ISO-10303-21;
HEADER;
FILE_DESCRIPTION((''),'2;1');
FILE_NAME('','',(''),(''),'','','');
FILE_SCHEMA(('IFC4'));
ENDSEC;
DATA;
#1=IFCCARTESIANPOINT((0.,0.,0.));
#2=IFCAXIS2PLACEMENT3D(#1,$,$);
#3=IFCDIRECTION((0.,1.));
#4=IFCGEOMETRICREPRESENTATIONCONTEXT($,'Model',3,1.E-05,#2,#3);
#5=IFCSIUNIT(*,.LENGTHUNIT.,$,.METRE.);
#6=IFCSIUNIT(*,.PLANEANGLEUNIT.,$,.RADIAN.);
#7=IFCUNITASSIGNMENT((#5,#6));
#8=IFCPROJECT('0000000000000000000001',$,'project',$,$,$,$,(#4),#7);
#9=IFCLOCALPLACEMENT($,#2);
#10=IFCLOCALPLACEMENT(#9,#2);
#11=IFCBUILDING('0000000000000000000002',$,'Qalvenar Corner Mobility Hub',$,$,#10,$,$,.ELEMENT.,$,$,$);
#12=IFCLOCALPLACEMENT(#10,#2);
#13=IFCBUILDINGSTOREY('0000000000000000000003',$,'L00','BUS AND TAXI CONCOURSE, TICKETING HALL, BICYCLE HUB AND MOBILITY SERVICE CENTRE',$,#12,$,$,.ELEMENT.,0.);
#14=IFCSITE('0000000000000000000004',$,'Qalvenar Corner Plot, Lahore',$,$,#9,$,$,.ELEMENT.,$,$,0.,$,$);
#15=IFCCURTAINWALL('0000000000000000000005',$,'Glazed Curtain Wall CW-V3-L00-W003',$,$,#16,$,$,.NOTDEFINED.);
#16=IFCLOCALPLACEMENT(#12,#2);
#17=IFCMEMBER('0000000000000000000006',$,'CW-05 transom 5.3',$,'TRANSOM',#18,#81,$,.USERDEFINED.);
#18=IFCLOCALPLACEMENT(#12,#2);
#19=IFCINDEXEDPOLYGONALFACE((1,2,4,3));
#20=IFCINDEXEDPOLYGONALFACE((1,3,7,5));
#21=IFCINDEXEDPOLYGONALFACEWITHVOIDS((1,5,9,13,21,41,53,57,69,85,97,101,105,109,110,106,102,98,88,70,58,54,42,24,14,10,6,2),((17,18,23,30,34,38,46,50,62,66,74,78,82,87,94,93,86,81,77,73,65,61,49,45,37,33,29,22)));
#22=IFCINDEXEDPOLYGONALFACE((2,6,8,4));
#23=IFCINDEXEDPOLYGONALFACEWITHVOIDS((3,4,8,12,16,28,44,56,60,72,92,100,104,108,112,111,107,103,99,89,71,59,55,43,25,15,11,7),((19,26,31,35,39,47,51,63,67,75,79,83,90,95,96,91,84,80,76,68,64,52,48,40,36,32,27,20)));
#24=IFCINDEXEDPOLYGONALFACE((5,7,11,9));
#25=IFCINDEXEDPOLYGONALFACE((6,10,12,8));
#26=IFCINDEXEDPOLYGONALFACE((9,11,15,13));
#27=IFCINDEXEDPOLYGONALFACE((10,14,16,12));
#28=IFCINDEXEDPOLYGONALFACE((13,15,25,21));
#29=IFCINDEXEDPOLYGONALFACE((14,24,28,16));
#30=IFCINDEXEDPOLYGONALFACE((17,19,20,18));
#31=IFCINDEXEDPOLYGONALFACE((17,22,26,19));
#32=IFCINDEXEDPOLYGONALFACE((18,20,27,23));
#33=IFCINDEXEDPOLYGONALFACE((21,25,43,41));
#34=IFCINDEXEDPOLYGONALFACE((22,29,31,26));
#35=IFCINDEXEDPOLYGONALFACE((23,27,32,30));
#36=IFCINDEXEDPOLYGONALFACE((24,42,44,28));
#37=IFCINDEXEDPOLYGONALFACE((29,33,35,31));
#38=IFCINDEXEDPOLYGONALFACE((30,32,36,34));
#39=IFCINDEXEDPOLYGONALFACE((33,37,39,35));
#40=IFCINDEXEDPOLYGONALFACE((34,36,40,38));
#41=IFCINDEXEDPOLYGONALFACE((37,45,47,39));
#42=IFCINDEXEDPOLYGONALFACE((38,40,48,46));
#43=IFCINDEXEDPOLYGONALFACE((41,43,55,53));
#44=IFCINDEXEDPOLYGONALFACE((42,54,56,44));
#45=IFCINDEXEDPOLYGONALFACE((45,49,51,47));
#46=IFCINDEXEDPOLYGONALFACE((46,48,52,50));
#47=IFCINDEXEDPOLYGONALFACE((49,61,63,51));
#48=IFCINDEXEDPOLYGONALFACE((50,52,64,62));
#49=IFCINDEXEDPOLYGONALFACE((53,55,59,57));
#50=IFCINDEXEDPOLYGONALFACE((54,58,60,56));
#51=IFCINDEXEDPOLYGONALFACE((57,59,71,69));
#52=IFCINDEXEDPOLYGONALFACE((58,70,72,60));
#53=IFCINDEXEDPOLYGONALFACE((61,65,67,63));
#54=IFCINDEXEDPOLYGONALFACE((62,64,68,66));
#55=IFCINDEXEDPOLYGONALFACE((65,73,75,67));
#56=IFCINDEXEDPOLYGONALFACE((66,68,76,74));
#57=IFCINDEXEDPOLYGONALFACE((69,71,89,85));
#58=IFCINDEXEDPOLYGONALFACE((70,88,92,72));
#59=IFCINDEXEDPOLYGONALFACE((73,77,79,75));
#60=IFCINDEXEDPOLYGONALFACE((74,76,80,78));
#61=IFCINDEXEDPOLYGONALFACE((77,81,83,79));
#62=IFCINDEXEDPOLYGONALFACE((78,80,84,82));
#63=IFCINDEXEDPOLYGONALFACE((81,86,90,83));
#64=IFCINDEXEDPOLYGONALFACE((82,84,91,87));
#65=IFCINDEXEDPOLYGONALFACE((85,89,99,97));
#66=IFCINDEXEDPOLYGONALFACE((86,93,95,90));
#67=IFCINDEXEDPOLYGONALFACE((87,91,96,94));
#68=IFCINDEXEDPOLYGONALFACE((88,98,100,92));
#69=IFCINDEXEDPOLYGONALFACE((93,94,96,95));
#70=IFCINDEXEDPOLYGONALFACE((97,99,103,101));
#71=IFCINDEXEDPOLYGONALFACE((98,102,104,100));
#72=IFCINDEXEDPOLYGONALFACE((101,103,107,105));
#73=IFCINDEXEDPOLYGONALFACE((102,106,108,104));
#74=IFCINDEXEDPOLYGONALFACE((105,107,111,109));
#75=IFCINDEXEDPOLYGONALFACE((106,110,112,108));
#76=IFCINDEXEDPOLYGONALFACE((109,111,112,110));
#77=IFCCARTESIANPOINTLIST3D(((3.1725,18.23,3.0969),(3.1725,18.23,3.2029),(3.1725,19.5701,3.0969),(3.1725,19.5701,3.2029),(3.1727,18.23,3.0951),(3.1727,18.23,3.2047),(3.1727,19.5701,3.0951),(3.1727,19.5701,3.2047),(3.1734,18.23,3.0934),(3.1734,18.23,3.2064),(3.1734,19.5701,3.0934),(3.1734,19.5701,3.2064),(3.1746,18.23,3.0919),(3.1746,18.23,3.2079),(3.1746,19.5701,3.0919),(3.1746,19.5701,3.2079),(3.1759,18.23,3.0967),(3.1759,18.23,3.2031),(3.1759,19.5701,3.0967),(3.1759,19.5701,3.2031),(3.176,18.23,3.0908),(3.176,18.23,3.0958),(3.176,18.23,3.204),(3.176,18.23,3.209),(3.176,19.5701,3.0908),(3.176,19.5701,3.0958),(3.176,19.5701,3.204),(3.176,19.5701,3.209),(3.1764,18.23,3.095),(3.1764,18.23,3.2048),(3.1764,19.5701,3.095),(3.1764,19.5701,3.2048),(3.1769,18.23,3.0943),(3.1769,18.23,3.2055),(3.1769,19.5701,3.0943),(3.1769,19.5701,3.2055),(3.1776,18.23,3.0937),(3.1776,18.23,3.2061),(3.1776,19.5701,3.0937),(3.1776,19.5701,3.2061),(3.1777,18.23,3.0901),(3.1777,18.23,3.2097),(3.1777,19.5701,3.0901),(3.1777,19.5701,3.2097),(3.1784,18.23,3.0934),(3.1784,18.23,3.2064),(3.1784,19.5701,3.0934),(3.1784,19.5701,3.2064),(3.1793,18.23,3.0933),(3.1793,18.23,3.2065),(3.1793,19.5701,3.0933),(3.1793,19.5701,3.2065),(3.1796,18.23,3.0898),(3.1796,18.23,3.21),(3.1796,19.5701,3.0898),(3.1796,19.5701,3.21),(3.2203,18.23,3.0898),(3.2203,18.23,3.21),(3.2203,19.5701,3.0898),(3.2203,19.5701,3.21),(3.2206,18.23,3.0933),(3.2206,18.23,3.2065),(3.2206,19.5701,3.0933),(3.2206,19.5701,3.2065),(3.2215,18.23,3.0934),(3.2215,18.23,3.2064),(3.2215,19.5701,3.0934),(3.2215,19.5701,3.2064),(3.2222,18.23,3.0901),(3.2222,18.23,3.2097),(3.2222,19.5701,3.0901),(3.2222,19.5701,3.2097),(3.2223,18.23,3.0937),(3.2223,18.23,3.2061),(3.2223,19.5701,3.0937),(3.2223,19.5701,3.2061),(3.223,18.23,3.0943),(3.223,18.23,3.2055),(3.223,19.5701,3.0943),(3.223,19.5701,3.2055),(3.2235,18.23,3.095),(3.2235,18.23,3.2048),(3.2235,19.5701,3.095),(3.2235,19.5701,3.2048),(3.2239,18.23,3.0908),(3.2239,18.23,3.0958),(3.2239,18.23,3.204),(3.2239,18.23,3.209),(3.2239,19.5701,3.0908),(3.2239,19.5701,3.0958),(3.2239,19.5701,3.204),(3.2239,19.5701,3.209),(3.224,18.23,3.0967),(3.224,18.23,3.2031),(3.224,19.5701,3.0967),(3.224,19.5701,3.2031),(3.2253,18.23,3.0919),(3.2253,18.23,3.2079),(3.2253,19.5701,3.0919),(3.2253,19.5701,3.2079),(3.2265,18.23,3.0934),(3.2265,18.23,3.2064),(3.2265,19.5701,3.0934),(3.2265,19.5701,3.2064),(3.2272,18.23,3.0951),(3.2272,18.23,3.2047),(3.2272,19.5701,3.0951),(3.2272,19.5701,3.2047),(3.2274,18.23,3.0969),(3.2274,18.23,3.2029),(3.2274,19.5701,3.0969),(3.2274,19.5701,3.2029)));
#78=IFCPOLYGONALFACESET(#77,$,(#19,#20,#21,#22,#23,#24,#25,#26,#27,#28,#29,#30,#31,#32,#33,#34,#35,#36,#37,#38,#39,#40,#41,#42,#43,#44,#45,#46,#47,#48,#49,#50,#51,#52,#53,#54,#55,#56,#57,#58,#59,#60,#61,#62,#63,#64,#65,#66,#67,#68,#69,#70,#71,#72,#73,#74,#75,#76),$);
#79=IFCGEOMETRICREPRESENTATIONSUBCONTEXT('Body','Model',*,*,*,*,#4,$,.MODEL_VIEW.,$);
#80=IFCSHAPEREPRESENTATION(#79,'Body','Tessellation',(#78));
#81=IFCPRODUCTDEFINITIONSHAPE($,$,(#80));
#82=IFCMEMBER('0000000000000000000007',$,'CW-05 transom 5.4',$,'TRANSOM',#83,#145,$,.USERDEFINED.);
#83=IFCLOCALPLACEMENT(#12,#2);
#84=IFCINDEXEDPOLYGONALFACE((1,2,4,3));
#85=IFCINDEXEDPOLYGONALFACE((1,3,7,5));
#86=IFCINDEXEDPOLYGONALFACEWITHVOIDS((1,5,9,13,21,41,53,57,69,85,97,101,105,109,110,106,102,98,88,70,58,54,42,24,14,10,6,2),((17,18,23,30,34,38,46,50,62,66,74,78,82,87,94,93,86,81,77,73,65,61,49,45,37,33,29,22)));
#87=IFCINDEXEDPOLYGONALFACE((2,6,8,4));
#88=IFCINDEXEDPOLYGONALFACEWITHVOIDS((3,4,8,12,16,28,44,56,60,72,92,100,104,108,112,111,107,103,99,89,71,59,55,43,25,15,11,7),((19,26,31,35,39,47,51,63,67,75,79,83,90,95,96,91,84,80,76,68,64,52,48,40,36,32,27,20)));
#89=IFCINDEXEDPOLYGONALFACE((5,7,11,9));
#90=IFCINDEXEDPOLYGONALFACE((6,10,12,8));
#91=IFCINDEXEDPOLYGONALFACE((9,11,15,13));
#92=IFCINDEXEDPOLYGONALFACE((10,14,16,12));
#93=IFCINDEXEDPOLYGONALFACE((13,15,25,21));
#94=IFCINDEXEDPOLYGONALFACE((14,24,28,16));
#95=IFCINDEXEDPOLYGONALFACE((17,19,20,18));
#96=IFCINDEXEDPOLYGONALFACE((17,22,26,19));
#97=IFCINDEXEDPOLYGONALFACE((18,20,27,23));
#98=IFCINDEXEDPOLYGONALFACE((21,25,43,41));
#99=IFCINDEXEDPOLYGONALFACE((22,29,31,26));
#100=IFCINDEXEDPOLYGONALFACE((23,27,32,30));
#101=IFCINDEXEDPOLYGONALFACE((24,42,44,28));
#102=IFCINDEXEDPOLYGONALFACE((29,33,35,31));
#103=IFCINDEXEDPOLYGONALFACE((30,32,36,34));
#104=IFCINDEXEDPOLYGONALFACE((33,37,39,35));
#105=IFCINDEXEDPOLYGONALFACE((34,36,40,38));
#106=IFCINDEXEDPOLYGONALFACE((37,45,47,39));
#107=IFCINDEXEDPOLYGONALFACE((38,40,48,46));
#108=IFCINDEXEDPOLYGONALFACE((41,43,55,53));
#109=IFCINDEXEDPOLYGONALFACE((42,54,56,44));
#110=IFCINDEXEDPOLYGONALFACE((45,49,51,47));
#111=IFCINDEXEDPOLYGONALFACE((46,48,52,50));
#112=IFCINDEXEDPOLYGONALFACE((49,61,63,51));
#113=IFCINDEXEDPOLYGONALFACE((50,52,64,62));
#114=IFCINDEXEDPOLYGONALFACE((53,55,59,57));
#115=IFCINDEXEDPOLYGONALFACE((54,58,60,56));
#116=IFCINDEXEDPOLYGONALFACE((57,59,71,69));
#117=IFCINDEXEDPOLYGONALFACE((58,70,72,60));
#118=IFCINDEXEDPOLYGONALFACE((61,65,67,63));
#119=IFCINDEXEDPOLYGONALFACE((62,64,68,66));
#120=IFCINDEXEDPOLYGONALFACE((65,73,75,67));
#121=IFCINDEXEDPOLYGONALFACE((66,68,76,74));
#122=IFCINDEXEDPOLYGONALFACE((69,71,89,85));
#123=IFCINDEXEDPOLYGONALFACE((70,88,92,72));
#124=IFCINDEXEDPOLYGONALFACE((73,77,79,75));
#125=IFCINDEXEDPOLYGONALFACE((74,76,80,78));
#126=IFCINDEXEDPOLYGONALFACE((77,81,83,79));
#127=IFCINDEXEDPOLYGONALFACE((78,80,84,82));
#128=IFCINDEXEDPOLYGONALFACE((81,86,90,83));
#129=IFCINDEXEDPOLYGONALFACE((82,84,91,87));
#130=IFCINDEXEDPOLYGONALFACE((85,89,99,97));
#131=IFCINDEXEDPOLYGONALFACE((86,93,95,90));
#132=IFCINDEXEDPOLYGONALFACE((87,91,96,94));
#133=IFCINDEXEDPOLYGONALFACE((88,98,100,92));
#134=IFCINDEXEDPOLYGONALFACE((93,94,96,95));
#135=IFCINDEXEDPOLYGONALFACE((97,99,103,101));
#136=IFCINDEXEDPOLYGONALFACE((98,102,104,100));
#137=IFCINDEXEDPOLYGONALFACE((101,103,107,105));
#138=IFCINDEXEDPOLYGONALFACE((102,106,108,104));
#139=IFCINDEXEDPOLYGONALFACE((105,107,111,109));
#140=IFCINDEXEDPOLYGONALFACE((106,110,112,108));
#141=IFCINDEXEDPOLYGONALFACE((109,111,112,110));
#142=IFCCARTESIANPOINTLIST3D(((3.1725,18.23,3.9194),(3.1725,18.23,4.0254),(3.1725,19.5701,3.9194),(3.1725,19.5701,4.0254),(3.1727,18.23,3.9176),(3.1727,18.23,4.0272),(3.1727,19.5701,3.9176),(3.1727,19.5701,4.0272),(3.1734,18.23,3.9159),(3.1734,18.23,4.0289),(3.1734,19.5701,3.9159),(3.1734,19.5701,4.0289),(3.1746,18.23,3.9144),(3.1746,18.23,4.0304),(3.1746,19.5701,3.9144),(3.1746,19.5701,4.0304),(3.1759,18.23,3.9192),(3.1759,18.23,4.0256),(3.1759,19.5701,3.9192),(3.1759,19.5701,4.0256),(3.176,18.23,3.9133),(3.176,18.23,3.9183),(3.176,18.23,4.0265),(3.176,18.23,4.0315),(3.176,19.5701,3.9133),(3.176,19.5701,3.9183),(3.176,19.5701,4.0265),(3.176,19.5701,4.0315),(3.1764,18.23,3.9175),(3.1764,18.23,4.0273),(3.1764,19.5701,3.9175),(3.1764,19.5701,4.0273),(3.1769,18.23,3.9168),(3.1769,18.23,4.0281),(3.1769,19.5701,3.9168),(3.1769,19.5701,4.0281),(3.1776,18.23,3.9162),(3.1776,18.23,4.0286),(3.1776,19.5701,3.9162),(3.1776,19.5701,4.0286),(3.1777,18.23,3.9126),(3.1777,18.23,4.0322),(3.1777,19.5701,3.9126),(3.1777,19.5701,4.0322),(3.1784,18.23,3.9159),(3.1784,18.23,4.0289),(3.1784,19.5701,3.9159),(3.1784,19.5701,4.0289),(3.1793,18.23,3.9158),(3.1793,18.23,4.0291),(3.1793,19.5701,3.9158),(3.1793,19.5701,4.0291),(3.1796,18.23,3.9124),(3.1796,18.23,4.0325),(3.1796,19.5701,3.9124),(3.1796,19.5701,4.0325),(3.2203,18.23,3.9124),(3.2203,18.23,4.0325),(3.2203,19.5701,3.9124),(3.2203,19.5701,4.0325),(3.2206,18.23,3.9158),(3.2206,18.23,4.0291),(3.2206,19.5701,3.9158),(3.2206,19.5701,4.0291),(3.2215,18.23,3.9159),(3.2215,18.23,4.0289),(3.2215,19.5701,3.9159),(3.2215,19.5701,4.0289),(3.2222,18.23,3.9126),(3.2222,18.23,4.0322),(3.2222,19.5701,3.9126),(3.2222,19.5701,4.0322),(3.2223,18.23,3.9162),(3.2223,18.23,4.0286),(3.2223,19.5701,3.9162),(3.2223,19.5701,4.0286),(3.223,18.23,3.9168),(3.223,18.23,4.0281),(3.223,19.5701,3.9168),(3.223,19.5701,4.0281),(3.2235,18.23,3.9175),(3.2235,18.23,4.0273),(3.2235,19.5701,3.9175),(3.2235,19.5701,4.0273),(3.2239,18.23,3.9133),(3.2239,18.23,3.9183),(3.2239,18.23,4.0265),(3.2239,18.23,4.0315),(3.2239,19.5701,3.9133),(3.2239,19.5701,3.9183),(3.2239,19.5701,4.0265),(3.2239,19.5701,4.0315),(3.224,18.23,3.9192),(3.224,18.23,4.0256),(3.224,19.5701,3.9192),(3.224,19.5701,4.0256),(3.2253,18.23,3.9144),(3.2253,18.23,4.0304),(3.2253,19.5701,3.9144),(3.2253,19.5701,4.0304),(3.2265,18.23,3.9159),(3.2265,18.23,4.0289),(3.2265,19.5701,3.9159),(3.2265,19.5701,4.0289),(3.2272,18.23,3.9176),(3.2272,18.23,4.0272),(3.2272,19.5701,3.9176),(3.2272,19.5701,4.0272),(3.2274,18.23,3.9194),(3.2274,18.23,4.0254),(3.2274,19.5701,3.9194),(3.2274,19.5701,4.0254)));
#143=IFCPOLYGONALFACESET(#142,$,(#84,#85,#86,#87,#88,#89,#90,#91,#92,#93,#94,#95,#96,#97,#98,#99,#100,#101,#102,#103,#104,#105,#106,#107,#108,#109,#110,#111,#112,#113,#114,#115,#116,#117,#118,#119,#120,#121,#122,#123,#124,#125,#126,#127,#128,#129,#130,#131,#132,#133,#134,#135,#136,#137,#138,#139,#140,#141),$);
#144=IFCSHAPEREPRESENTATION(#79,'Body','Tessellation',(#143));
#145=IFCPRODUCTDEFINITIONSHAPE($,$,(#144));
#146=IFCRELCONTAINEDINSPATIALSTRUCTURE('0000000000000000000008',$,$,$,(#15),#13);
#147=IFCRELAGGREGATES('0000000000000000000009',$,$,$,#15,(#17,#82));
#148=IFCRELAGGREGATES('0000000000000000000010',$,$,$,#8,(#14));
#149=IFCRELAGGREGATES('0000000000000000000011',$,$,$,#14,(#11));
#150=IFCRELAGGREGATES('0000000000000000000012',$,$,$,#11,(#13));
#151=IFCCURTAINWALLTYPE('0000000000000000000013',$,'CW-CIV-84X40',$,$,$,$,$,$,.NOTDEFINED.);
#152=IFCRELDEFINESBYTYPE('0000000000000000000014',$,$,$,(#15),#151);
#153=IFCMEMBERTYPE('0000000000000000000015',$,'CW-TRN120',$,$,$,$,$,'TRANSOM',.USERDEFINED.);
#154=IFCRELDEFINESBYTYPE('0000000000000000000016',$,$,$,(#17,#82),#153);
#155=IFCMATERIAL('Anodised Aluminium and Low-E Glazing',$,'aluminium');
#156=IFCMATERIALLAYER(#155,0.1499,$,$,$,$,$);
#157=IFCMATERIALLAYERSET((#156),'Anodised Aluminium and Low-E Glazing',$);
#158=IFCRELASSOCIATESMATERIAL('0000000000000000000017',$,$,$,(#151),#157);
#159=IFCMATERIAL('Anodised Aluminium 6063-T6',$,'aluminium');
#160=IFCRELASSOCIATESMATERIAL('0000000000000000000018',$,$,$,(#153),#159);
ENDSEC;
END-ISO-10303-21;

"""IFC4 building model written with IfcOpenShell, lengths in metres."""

from ifc_helpers import new_model, si_unit, direction, frame, origin, origin_2d, place, context, subcontext, project, spatial, hollow_rectangle, extrude, material, layer, layer_set, material_profile, profile_set, type_object, element, aggregate, save


model = new_model("IFC4")

# Units and contexts
model_context = context("Model", 3, precision=1e-05, world=origin(), true_north=direction((0.0, 1.0)))
body_context = subcontext(model_context, "Body", "Model", "MODEL_VIEW")
ifc_project = project(units=[si_unit("LENGTHUNIT", "METRE"), si_unit("PLANEANGLEUNIT", "RADIAN")], contexts=[model_context])

# Site, building, storey
site_placement = place(None, origin())
site = spatial("IfcSite", under=ifc_project, at=site_placement, Name="Qalvenar Corner Plot, Lahore", CompositionType="ELEMENT", RefElevation=0.0)
building_placement = place(site_placement, origin())
building = spatial("IfcBuilding", under=site, at=building_placement, Name="Qalvenar Corner Mobility Hub", CompositionType="ELEMENT")
storey_placement = place(building_placement, origin())
storey = spatial("IfcBuildingStorey", under=building, at=storey_placement, Name="L00", Description="BUS AND TAXI CONCOURSE, TICKETING HALL, BICYCLE HUB AND MOBILITY SERVICE CENTRE", CompositionType="ELEMENT", Elevation=0.0)

# Curtain wall, members
ifc_material_1 = material(Name="Anodised Aluminium and Low-E Glazing", Category="aluminium")
ifc_layer_1 = layer(ifc_material_1, 0.1499)
ifc_layer_set_1 = layer_set([ifc_layer_1], Name="Anodised Aluminium and Low-E Glazing")
curtain_wall_type = type_object("IfcCurtainWallType", Name="CW-CIV-84X40", PredefinedType="NOTDEFINED", material=ifc_layer_set_1)
curtain_wall_placement = place(storey_placement, origin())
curtain_wall = element("IfcCurtainWall", 1, at=curtain_wall_placement, inside=storey, type_object=curtain_wall_type, Name="Glazed Curtain Wall CW-V3-L00-W003", PredefinedType="NOTDEFINED")
ifc_material_2 = material(Name="Anodised Aluminium 6063-T6", Category="aluminium")
ifc_material_profile_1 = material_profile(ifc_material_2, hollow_rectangle(XDim=0.0549, YDim=0.1201, WallThickness=0.0034, InnerFilletRadius=0.0034, OuterFilletRadius=0.0071, at=origin_2d()), Name="RHS120x55x3.5")
ifc_profile_set_1 = profile_set([ifc_material_profile_1], Name="Anodised Aluminium 6063-T6")
member_type_1 = type_object("IfcMemberType", Name="CW-TRN120", ElementType="TRANSOM", PredefinedType="USERDEFINED", material=ifc_profile_set_1)
member_1_placement = place(storey_placement, frame((3.2, 19.5701, 3.1499), z_axis=(0.0, -1.0, 0.0), x_axis=(1.0, 0.0, 0.0)))
member_1 = element("IfcMember", 2, at=member_1_placement, type_object=member_type_1, Name="CW-05 transom 5.3", ObjectType="TRANSOM", PredefinedType="USERDEFINED", context=body_context, shape_type="SweptSolid", body=[
    extrude(hollow_rectangle(XDim=0.0549, YDim=0.1201, WallThickness=0.0034, InnerFilletRadius=0.0034, OuterFilletRadius=0.0071, at=origin_2d()), origin(), (0.0, 0.0, 1.0), 1.3401),
])
member_2_placement = place(storey_placement, frame((3.2, 19.5701, 3.9724), z_axis=(0.0, -1.0, 0.0), x_axis=(1.0, 0.0, 0.0)))
member_2 = element("IfcMember", 3, at=member_2_placement, type_object=member_type_1, Name="CW-05 transom 5.4", ObjectType="TRANSOM", PredefinedType="USERDEFINED", context=body_context, shape_type="SweptSolid", body=[
    extrude(hollow_rectangle(XDim=0.0549, YDim=0.1201, WallThickness=0.0034, InnerFilletRadius=0.0034, OuterFilletRadius=0.0071, at=origin_2d()), origin(), (0.0, 0.0, 1.0), 1.3401),
])
aggregate(curtain_wall, [member_1, member_2])

save(model, "model.ifc")
